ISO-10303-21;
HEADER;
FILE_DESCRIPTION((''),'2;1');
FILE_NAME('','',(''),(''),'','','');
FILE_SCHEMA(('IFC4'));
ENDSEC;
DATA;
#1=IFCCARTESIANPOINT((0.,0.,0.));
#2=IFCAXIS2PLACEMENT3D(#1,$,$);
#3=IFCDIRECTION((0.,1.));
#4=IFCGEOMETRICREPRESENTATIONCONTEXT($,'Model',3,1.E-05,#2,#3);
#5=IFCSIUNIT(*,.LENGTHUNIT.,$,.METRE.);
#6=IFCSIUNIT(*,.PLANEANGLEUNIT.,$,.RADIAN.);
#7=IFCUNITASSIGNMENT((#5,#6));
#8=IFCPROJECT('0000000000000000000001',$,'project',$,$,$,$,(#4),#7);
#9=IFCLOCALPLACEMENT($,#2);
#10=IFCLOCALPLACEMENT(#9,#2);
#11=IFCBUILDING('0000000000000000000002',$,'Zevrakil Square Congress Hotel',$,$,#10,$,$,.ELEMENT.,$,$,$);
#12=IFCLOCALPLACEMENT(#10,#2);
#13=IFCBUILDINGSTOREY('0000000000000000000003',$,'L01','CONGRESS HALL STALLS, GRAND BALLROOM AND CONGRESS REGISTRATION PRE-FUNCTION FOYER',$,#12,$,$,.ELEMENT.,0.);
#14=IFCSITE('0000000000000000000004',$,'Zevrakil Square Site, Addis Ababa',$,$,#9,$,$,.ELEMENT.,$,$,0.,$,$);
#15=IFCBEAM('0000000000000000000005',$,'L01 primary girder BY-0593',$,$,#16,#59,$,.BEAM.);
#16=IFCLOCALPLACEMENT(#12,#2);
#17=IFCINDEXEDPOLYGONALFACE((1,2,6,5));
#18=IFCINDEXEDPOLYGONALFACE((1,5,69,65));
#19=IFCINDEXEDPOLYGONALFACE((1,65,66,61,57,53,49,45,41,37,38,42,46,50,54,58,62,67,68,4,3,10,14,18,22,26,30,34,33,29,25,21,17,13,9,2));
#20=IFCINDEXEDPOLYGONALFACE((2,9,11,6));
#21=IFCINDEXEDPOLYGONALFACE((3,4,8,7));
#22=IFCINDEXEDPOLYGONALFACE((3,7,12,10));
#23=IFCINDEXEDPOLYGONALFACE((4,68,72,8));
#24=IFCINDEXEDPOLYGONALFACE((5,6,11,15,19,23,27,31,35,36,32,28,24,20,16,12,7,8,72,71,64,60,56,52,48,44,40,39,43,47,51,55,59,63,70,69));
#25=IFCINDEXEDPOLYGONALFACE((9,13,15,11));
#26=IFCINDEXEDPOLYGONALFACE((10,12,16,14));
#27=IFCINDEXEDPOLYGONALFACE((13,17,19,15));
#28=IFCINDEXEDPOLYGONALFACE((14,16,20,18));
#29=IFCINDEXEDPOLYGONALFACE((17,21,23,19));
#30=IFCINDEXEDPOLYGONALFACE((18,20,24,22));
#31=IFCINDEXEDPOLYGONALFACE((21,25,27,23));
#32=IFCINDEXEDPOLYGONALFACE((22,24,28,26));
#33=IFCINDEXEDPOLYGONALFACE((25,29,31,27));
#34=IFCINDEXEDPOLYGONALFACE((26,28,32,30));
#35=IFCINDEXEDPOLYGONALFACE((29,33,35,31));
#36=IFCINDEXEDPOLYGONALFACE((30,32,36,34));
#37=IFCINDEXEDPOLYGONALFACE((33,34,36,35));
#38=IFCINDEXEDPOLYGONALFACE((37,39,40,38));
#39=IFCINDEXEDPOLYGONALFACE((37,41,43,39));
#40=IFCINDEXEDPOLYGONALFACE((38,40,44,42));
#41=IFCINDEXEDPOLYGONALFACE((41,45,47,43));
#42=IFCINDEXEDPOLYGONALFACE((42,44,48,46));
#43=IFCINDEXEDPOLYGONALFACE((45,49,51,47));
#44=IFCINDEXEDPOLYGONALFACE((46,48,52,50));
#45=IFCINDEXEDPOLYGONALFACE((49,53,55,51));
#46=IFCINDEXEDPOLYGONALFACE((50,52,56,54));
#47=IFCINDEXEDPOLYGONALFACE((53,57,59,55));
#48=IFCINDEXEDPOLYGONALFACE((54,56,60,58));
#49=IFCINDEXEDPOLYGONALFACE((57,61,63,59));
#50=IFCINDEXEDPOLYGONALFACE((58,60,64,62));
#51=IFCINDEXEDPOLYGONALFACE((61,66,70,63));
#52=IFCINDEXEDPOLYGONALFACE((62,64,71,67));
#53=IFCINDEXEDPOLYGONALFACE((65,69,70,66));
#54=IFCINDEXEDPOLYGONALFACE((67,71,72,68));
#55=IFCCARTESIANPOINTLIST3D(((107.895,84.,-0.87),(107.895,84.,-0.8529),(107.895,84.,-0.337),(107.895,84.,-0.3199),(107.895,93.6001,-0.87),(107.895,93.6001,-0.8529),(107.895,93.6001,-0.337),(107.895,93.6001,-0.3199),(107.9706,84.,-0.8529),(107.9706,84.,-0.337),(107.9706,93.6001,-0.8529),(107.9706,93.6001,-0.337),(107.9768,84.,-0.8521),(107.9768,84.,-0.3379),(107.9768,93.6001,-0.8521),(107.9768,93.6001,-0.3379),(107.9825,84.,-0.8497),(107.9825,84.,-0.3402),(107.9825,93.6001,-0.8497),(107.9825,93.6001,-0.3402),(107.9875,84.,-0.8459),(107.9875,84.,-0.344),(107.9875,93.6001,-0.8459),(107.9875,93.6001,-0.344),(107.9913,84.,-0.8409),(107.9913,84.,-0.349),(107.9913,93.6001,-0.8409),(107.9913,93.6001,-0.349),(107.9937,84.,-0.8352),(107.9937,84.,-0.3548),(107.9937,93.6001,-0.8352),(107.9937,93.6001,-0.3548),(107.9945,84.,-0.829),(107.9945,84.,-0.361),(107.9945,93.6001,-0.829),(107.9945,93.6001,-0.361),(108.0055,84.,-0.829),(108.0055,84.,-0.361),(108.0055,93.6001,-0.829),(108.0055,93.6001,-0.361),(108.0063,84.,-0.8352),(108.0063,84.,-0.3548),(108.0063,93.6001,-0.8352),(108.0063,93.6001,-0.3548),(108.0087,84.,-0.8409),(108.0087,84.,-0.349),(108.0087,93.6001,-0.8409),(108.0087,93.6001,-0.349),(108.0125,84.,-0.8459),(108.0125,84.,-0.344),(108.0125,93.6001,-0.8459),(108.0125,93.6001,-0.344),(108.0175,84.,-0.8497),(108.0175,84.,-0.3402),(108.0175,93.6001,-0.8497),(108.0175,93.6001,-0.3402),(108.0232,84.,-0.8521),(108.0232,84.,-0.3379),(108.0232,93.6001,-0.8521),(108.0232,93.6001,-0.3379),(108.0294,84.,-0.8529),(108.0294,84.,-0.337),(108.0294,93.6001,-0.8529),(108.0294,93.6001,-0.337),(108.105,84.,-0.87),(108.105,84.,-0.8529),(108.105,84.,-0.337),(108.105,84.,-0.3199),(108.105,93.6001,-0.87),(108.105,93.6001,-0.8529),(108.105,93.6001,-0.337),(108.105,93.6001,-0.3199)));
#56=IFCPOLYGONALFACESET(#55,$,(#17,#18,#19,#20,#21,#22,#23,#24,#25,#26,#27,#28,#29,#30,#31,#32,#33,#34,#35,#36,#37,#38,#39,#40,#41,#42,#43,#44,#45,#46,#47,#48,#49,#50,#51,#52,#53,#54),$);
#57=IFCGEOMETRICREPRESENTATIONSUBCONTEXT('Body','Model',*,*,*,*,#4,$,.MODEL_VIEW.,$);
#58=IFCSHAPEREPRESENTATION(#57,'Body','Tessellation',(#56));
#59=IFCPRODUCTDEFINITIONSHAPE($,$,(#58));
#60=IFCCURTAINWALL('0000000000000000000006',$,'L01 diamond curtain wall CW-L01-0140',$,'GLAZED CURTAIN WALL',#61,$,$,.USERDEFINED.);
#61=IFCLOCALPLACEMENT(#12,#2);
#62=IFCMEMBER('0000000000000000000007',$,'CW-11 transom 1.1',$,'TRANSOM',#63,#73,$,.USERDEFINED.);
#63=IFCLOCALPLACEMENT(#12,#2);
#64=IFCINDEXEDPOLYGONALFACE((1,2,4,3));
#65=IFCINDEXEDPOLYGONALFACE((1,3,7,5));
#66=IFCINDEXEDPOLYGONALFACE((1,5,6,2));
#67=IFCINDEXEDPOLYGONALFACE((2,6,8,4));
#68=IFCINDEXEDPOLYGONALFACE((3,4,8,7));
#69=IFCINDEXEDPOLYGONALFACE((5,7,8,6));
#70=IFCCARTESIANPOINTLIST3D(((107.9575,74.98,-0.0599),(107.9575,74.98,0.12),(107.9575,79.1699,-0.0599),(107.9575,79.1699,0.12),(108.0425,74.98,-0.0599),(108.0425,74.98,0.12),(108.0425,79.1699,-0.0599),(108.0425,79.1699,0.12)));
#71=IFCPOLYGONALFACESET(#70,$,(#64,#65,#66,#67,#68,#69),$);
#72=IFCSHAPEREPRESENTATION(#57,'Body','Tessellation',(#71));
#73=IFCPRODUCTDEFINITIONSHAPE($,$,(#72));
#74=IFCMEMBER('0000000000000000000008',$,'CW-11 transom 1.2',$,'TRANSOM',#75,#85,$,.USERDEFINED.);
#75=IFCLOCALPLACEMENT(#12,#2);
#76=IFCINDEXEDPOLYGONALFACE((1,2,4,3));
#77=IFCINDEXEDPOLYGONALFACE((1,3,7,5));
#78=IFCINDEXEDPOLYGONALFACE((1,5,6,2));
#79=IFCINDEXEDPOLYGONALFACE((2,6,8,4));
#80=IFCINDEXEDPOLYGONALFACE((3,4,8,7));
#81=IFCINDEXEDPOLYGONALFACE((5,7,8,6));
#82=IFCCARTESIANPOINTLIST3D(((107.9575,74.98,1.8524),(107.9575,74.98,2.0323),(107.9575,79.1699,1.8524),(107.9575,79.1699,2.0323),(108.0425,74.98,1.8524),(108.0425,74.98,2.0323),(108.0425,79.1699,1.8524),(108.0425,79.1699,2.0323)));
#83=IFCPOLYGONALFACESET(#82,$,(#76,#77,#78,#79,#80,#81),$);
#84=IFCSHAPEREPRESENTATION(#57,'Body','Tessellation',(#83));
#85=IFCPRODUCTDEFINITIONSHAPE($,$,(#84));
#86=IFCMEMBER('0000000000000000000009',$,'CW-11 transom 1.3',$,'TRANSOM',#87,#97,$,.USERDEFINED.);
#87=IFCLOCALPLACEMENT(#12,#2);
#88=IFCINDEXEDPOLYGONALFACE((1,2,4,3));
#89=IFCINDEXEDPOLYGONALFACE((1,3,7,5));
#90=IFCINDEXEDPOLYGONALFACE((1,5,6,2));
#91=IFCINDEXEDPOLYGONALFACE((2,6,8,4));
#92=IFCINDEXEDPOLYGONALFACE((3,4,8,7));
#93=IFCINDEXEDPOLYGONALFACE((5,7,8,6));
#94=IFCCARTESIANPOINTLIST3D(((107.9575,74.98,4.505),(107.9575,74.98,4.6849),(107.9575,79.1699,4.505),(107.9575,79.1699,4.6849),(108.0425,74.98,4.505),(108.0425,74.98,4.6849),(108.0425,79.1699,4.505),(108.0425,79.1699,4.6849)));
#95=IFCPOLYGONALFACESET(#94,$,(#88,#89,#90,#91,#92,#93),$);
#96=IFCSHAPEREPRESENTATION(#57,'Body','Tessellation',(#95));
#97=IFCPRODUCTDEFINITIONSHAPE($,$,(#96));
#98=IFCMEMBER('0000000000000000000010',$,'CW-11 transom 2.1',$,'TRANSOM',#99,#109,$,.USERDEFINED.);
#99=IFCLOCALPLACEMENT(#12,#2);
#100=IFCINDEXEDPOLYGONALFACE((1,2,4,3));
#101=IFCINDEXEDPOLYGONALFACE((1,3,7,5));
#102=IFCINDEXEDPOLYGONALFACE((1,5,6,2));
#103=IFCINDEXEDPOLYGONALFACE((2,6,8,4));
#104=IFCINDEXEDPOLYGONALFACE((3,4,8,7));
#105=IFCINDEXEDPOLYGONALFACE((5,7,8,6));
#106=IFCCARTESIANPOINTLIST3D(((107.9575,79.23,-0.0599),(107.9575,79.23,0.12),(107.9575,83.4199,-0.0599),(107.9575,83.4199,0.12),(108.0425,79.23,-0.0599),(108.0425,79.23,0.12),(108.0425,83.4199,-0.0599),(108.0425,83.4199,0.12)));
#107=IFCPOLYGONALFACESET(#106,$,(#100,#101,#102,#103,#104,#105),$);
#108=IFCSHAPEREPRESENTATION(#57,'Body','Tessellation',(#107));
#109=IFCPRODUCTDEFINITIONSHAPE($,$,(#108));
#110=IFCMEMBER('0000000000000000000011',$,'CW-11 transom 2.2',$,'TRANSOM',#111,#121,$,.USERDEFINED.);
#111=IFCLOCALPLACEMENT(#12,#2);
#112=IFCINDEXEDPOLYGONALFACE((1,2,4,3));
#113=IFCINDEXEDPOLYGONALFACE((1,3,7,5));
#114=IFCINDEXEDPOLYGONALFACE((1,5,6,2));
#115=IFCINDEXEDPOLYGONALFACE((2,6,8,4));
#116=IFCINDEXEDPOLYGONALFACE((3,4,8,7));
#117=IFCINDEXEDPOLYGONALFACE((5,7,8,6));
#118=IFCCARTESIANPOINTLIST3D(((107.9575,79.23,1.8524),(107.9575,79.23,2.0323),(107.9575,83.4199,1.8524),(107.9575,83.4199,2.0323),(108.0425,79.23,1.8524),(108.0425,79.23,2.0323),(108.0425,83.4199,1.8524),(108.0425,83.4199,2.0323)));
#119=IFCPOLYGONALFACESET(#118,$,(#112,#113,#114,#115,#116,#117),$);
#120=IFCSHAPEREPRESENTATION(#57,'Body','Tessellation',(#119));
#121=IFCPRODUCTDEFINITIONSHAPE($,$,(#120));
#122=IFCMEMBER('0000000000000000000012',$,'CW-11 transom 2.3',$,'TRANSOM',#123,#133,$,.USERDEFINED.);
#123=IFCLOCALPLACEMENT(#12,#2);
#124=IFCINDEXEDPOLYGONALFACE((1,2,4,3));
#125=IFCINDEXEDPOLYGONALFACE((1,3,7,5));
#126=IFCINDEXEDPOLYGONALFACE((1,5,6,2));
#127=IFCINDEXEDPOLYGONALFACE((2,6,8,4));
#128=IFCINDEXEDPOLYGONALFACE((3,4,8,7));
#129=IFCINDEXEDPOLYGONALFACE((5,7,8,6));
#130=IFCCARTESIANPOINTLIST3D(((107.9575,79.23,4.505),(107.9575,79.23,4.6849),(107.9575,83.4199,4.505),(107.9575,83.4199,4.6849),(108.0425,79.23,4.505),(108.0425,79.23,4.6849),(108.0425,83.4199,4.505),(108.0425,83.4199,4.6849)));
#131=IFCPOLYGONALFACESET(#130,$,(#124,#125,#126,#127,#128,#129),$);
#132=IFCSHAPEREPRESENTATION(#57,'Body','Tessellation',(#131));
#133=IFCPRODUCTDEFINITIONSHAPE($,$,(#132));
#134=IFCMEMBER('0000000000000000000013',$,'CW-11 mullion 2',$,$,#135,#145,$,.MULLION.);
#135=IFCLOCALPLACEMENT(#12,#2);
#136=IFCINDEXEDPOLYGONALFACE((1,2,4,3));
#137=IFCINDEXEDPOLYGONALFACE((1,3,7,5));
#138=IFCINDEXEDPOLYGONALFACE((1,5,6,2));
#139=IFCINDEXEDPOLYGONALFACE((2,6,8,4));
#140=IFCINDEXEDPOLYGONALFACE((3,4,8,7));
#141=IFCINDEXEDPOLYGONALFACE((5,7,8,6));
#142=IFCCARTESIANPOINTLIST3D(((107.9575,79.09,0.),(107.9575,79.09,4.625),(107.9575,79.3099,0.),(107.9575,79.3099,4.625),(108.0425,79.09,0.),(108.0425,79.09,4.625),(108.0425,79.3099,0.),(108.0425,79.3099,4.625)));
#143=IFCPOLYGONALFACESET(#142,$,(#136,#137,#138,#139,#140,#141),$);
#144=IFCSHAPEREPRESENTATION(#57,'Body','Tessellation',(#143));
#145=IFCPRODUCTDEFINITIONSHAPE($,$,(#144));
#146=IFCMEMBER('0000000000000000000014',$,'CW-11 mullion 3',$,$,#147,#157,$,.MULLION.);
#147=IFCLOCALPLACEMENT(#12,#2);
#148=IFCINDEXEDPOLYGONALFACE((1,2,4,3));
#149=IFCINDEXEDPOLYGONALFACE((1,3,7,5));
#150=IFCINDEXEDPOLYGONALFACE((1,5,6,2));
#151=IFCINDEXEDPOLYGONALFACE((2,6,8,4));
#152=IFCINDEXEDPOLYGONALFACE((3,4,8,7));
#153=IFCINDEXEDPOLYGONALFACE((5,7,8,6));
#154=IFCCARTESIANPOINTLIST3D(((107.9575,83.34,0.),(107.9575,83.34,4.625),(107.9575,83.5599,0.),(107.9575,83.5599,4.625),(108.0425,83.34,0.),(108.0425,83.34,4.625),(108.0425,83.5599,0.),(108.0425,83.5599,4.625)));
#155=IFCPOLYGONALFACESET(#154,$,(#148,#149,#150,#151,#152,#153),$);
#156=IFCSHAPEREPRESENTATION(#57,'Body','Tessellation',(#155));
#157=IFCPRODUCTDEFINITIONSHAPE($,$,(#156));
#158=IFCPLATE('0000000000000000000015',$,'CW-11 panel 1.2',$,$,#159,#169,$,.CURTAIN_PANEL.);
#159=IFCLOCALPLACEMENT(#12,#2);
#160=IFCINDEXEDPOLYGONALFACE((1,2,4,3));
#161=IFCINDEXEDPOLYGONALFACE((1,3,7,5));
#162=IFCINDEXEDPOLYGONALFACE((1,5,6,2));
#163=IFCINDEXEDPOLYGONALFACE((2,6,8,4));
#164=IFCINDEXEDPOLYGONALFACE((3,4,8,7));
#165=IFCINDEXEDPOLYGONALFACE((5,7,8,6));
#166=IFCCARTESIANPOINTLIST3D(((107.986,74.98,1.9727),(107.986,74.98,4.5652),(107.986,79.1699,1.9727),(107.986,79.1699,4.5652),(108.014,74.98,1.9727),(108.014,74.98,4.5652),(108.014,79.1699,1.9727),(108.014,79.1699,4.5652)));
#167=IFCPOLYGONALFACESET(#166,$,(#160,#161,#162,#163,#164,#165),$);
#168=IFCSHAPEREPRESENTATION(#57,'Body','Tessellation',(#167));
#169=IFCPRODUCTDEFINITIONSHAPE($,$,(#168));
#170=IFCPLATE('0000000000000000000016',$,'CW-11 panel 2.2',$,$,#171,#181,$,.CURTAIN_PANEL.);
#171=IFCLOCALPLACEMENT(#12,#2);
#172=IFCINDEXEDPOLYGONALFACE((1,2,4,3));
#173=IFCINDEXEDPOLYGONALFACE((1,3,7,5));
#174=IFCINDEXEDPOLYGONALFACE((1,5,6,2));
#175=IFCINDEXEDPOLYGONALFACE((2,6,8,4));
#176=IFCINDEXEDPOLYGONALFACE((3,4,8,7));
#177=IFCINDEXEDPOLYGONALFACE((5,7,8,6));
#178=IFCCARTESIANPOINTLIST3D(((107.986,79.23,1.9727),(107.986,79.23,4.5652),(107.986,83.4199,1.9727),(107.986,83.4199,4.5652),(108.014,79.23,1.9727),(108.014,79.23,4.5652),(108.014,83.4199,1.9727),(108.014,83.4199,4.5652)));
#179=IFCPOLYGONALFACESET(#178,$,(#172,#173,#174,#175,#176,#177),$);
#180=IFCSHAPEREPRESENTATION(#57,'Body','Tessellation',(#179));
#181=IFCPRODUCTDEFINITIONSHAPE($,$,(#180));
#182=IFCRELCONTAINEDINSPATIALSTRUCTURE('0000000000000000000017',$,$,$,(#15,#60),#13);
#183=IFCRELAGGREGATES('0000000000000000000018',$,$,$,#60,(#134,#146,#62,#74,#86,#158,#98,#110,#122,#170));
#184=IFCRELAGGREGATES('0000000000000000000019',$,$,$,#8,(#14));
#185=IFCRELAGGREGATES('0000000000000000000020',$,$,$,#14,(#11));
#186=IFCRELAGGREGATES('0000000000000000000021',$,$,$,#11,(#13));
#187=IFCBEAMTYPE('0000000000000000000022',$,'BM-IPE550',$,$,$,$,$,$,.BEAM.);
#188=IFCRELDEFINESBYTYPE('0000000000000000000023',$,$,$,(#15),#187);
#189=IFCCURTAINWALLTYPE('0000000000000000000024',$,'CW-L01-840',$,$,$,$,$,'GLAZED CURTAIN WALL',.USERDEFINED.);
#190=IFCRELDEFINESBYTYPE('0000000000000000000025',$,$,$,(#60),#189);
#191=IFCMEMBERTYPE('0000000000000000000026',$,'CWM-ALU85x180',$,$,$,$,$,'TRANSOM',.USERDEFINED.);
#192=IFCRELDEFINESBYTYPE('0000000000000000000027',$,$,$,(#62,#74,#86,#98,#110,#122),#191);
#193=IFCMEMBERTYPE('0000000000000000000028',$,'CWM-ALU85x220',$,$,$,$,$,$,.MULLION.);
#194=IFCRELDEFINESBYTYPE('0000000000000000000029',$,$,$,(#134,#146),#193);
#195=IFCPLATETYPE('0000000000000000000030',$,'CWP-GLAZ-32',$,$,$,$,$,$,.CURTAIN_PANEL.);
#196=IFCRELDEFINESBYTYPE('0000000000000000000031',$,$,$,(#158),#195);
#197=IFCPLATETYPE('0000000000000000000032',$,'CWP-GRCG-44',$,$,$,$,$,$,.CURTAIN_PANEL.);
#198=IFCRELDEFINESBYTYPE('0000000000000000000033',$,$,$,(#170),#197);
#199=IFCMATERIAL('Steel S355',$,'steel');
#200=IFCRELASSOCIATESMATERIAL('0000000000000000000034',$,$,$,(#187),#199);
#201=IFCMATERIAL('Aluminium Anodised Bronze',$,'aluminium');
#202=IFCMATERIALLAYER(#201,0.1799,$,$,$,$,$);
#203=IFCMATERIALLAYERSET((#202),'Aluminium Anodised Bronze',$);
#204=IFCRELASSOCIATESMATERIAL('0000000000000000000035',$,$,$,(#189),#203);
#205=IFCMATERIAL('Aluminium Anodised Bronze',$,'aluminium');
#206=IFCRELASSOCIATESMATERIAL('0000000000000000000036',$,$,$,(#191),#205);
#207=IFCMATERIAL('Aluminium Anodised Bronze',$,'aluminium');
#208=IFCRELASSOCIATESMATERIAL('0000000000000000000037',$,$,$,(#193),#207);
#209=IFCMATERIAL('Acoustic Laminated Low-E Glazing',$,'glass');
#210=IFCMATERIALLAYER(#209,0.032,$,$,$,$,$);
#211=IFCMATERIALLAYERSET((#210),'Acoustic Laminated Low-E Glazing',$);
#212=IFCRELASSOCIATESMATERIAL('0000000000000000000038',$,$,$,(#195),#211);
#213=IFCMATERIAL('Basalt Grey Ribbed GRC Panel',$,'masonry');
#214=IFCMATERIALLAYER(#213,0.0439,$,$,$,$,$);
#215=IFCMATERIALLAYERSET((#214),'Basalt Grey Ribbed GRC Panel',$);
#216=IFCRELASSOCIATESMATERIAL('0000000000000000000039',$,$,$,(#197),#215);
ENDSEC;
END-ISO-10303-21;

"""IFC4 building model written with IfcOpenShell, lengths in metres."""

from ifc_helpers import new_model, si_unit, direction, frame, origin, origin_2d, place, context, subcontext, project, spatial, rectangle, i_section, extrude, material, layer, layer_set, material_profile, profile_set, type_object, element, aggregate, save


model = new_model("IFC4")

# Units and contexts
model_context = context("Model", 3, precision=1e-05, world=origin(), true_north=direction((0.0, 1.0)))
body_context = subcontext(model_context, "Body", "Model", "MODEL_VIEW")
ifc_project = project(units=[si_unit("LENGTHUNIT", "METRE"), si_unit("PLANEANGLEUNIT", "RADIAN")], contexts=[model_context])

# Site, building, storey
site_placement = place(None, origin())
site = spatial("IfcSite", under=ifc_project, at=site_placement, Name="Zevrakil Square Site, Addis Ababa", CompositionType="ELEMENT", RefElevation=0.0)
building_placement = place(site_placement, origin())
building = spatial("IfcBuilding", under=site, at=building_placement, Name="Zevrakil Square Congress Hotel", CompositionType="ELEMENT")
storey_placement = place(building_placement, origin())
storey = spatial("IfcBuildingStorey", under=building, at=storey_placement, Name="L01", Description="CONGRESS HALL STALLS, GRAND BALLROOM AND CONGRESS REGISTRATION PRE-FUNCTION FOYER", CompositionType="ELEMENT", Elevation=0.0)

# Beam
ifc_material_1 = material(Name="Steel S355", Category="steel")
ifc_material_profile_1 = material_profile(ifc_material_1, i_section(OverallWidth=0.21, OverallDepth=0.55, WebThickness=0.011, FlangeThickness=0.0171, FilletRadius=0.0239, at=origin_2d()), Name="IPE 550")
ifc_profile_set_1 = profile_set([ifc_material_profile_1], Name="Steel S355")
beam_type_1 = type_object("IfcBeamType", Name="BM-IPE550", PredefinedType="BEAM", material=ifc_profile_set_1)
beam_1_placement = place(storey_placement, frame((108.0, 84.0, -0.595), z_axis=(0.0, 1.0, 0.0), x_axis=(-1.0, 0.0, 0.0)))
element("IfcBeam", 1, at=beam_1_placement, inside=storey, type_object=beam_type_1, Name="L01 primary girder BY-0593", PredefinedType="BEAM", context=body_context, shape_type="SweptSolid", body=[
    extrude(i_section(OverallWidth=0.21, OverallDepth=0.55, WebThickness=0.011, FlangeThickness=0.0171, FilletRadius=0.0239, at=origin_2d()), origin(), (0.0, 0.0, 1.0), 9.6001),
])

# Curtain wall, members, plates
ifc_material_2 = material(Name="Aluminium Anodised Bronze", Category="aluminium")
ifc_layer_1 = layer(ifc_material_2, 0.1799)
ifc_layer_set_1 = layer_set([ifc_layer_1], Name="Aluminium Anodised Bronze")
curtain_wall_type = type_object("IfcCurtainWallType", Name="CW-L01-840", ElementType="GLAZED CURTAIN WALL", PredefinedType="USERDEFINED", material=ifc_layer_set_1)
curtain_wall_placement = place(storey_placement, origin())
curtain_wall = element("IfcCurtainWall", 2, at=curtain_wall_placement, inside=storey, type_object=curtain_wall_type, Name="L01 diamond curtain wall CW-L01-0140", ObjectType="GLAZED CURTAIN WALL", PredefinedType="USERDEFINED")
ifc_material_3 = material(Name="Aluminium Anodised Bronze", Category="aluminium")
ifc_material_profile_2 = material_profile(ifc_material_3, rectangle(XDim=0.085, YDim=0.1799, at=origin_2d()), Name="ALU 85x180")
ifc_profile_set_2 = profile_set([ifc_material_profile_2], Name="Aluminium Anodised Bronze")
member_type_1 = type_object("IfcMemberType", Name="CWM-ALU85x180", ElementType="TRANSOM", PredefinedType="USERDEFINED", material=ifc_profile_set_2)
member_1_placement = place(storey_placement, frame((108.0, 74.98, 0.03), z_axis=(0.0, 1.0, 0.0), x_axis=(-1.0, 0.0, 0.0)))
member_1 = element("IfcMember", 3, at=member_1_placement, type_object=member_type_1, Name="CW-11 transom 1.1", ObjectType="TRANSOM", PredefinedType="USERDEFINED", context=body_context, shape_type="SweptSolid", body=[
    extrude(rectangle(XDim=0.085, YDim=0.1799, at=origin_2d()), origin(), (0.0, 0.0, 1.0), 4.1899),
])
member_2_placement = place(storey_placement, frame((108.0, 74.98, 1.9424), z_axis=(0.0, 1.0, 0.0), x_axis=(-1.0, 0.0, 0.0)))
member_2 = element("IfcMember", 4, at=member_2_placement, type_object=member_type_1, Name="CW-11 transom 1.2", ObjectType="TRANSOM", PredefinedType="USERDEFINED", context=body_context, shape_type="SweptSolid", body=[
    extrude(rectangle(XDim=0.085, YDim=0.1799, at=origin_2d()), origin(), (0.0, 0.0, 1.0), 4.1899),
])
member_3_placement = place(storey_placement, frame((108.0, 74.98, 4.595), z_axis=(0.0, 1.0, 0.0), x_axis=(-1.0, 0.0, 0.0)))
member_3 = element("IfcMember", 5, at=member_3_placement, type_object=member_type_1, Name="CW-11 transom 1.3", ObjectType="TRANSOM", PredefinedType="USERDEFINED", context=body_context, shape_type="SweptSolid", body=[
    extrude(rectangle(XDim=0.085, YDim=0.1799, at=origin_2d()), origin(), (0.0, 0.0, 1.0), 4.1899),
])
member_4_placement = place(storey_placement, frame((108.0, 79.23, 0.03), z_axis=(0.0, 1.0, 0.0), x_axis=(-1.0, 0.0, 0.0)))
member_4 = element("IfcMember", 6, at=member_4_placement, type_object=member_type_1, Name="CW-11 transom 2.1", ObjectType="TRANSOM", PredefinedType="USERDEFINED", context=body_context, shape_type="SweptSolid", body=[
    extrude(rectangle(XDim=0.085, YDim=0.1799, at=origin_2d()), origin(), (0.0, 0.0, 1.0), 4.1899),
])
member_5_placement = place(storey_placement, frame((108.0, 79.23, 1.9424), z_axis=(0.0, 1.0, 0.0), x_axis=(-1.0, 0.0, 0.0)))
member_5 = element("IfcMember", 7, at=member_5_placement, type_object=member_type_1, Name="CW-11 transom 2.2", ObjectType="TRANSOM", PredefinedType="USERDEFINED", context=body_context, shape_type="SweptSolid", body=[
    extrude(rectangle(XDim=0.085, YDim=0.1799, at=origin_2d()), origin(), (0.0, 0.0, 1.0), 4.1899),
])
member_6_placement = place(storey_placement, frame((108.0, 79.23, 4.595), z_axis=(0.0, 1.0, 0.0), x_axis=(-1.0, 0.0, 0.0)))
member_6 = element("IfcMember", 8, at=member_6_placement, type_object=member_type_1, Name="CW-11 transom 2.3", ObjectType="TRANSOM", PredefinedType="USERDEFINED", context=body_context, shape_type="SweptSolid", body=[
    extrude(rectangle(XDim=0.085, YDim=0.1799, at=origin_2d()), origin(), (0.0, 0.0, 1.0), 4.1899),
])
ifc_material_4 = material(Name="Aluminium Anodised Bronze", Category="aluminium")
ifc_material_profile_3 = material_profile(ifc_material_4, rectangle(XDim=0.085, YDim=0.22, at=origin_2d()), Name="ALU 85x220")
ifc_profile_set_3 = profile_set([ifc_material_profile_3], Name="Aluminium Anodised Bronze")
member_type_2 = type_object("IfcMemberType", Name="CWM-ALU85x220", PredefinedType="MULLION", material=ifc_profile_set_3)
member_7_placement = place(storey_placement, frame((108.0, 79.2, 0.0), z_axis=(0.0, 0.0, 1.0), x_axis=(-1.0, 0.0, 0.0)))
member_7 = element("IfcMember", 9, at=member_7_placement, type_object=member_type_2, Name="CW-11 mullion 2", PredefinedType="MULLION", context=body_context, shape_type="SweptSolid", body=[
    extrude(rectangle(XDim=0.085, YDim=0.22, at=origin_2d()), origin(), (0.0, 0.0, 1.0), 4.625),
])
member_8_placement = place(storey_placement, frame((108.0, 83.45, 0.0), z_axis=(0.0, 0.0, 1.0), x_axis=(-1.0, 0.0, 0.0)))
member_8 = element("IfcMember", 10, at=member_8_placement, type_object=member_type_2, Name="CW-11 mullion 3", PredefinedType="MULLION", context=body_context, shape_type="SweptSolid", body=[
    extrude(rectangle(XDim=0.085, YDim=0.22, at=origin_2d()), origin(), (0.0, 0.0, 1.0), 4.625),
])
ifc_material_5 = material(Name="Acoustic Laminated Low-E Glazing", Category="glass")
ifc_layer_2 = layer(ifc_material_5, 0.032)
ifc_layer_set_2 = layer_set([ifc_layer_2], Name="Acoustic Laminated Low-E Glazing")
plate_type_1 = type_object("IfcPlateType", Name="CWP-GLAZ-32", PredefinedType="CURTAIN_PANEL", material=ifc_layer_set_2)
plate_1_placement = place(storey_placement, frame((108.0, 77.075, 1.9727), z_axis=(0.0, 0.0, 1.0), x_axis=(0.0, 1.0, 0.0)))
plate_1 = element("IfcPlate", 11, at=plate_1_placement, type_object=plate_type_1, Name="CW-11 panel 1.2", PredefinedType="CURTAIN_PANEL", context=body_context, shape_type="SweptSolid", body=[
    extrude(rectangle(XDim=4.1899, YDim=0.0281, at=origin_2d()), origin(), (0.0, 0.0, 1.0), 2.5925),
])
ifc_material_6 = material(Name="Basalt Grey Ribbed GRC Panel", Category="masonry")
ifc_layer_3 = layer(ifc_material_6, 0.0439)
ifc_layer_set_3 = layer_set([ifc_layer_3], Name="Basalt Grey Ribbed GRC Panel")
plate_type_2 = type_object("IfcPlateType", Name="CWP-GRCG-44", PredefinedType="CURTAIN_PANEL", material=ifc_layer_set_3)
plate_2_placement = place(storey_placement, frame((108.0, 81.325, 1.9727), z_axis=(0.0, 0.0, 1.0), x_axis=(0.0, 1.0, 0.0)))
plate_2 = element("IfcPlate", 12, at=plate_2_placement, type_object=plate_type_2, Name="CW-11 panel 2.2", PredefinedType="CURTAIN_PANEL", context=body_context, shape_type="SweptSolid", body=[
    extrude(rectangle(XDim=4.1899, YDim=0.0281, at=origin_2d()), origin(), (0.0, 0.0, 1.0), 2.5925),
])
aggregate(curtain_wall, [member_7, member_8, member_1, member_2, member_3, plate_1, member_4, member_5, member_6, plate_2])

save(model, "model.ifc")
